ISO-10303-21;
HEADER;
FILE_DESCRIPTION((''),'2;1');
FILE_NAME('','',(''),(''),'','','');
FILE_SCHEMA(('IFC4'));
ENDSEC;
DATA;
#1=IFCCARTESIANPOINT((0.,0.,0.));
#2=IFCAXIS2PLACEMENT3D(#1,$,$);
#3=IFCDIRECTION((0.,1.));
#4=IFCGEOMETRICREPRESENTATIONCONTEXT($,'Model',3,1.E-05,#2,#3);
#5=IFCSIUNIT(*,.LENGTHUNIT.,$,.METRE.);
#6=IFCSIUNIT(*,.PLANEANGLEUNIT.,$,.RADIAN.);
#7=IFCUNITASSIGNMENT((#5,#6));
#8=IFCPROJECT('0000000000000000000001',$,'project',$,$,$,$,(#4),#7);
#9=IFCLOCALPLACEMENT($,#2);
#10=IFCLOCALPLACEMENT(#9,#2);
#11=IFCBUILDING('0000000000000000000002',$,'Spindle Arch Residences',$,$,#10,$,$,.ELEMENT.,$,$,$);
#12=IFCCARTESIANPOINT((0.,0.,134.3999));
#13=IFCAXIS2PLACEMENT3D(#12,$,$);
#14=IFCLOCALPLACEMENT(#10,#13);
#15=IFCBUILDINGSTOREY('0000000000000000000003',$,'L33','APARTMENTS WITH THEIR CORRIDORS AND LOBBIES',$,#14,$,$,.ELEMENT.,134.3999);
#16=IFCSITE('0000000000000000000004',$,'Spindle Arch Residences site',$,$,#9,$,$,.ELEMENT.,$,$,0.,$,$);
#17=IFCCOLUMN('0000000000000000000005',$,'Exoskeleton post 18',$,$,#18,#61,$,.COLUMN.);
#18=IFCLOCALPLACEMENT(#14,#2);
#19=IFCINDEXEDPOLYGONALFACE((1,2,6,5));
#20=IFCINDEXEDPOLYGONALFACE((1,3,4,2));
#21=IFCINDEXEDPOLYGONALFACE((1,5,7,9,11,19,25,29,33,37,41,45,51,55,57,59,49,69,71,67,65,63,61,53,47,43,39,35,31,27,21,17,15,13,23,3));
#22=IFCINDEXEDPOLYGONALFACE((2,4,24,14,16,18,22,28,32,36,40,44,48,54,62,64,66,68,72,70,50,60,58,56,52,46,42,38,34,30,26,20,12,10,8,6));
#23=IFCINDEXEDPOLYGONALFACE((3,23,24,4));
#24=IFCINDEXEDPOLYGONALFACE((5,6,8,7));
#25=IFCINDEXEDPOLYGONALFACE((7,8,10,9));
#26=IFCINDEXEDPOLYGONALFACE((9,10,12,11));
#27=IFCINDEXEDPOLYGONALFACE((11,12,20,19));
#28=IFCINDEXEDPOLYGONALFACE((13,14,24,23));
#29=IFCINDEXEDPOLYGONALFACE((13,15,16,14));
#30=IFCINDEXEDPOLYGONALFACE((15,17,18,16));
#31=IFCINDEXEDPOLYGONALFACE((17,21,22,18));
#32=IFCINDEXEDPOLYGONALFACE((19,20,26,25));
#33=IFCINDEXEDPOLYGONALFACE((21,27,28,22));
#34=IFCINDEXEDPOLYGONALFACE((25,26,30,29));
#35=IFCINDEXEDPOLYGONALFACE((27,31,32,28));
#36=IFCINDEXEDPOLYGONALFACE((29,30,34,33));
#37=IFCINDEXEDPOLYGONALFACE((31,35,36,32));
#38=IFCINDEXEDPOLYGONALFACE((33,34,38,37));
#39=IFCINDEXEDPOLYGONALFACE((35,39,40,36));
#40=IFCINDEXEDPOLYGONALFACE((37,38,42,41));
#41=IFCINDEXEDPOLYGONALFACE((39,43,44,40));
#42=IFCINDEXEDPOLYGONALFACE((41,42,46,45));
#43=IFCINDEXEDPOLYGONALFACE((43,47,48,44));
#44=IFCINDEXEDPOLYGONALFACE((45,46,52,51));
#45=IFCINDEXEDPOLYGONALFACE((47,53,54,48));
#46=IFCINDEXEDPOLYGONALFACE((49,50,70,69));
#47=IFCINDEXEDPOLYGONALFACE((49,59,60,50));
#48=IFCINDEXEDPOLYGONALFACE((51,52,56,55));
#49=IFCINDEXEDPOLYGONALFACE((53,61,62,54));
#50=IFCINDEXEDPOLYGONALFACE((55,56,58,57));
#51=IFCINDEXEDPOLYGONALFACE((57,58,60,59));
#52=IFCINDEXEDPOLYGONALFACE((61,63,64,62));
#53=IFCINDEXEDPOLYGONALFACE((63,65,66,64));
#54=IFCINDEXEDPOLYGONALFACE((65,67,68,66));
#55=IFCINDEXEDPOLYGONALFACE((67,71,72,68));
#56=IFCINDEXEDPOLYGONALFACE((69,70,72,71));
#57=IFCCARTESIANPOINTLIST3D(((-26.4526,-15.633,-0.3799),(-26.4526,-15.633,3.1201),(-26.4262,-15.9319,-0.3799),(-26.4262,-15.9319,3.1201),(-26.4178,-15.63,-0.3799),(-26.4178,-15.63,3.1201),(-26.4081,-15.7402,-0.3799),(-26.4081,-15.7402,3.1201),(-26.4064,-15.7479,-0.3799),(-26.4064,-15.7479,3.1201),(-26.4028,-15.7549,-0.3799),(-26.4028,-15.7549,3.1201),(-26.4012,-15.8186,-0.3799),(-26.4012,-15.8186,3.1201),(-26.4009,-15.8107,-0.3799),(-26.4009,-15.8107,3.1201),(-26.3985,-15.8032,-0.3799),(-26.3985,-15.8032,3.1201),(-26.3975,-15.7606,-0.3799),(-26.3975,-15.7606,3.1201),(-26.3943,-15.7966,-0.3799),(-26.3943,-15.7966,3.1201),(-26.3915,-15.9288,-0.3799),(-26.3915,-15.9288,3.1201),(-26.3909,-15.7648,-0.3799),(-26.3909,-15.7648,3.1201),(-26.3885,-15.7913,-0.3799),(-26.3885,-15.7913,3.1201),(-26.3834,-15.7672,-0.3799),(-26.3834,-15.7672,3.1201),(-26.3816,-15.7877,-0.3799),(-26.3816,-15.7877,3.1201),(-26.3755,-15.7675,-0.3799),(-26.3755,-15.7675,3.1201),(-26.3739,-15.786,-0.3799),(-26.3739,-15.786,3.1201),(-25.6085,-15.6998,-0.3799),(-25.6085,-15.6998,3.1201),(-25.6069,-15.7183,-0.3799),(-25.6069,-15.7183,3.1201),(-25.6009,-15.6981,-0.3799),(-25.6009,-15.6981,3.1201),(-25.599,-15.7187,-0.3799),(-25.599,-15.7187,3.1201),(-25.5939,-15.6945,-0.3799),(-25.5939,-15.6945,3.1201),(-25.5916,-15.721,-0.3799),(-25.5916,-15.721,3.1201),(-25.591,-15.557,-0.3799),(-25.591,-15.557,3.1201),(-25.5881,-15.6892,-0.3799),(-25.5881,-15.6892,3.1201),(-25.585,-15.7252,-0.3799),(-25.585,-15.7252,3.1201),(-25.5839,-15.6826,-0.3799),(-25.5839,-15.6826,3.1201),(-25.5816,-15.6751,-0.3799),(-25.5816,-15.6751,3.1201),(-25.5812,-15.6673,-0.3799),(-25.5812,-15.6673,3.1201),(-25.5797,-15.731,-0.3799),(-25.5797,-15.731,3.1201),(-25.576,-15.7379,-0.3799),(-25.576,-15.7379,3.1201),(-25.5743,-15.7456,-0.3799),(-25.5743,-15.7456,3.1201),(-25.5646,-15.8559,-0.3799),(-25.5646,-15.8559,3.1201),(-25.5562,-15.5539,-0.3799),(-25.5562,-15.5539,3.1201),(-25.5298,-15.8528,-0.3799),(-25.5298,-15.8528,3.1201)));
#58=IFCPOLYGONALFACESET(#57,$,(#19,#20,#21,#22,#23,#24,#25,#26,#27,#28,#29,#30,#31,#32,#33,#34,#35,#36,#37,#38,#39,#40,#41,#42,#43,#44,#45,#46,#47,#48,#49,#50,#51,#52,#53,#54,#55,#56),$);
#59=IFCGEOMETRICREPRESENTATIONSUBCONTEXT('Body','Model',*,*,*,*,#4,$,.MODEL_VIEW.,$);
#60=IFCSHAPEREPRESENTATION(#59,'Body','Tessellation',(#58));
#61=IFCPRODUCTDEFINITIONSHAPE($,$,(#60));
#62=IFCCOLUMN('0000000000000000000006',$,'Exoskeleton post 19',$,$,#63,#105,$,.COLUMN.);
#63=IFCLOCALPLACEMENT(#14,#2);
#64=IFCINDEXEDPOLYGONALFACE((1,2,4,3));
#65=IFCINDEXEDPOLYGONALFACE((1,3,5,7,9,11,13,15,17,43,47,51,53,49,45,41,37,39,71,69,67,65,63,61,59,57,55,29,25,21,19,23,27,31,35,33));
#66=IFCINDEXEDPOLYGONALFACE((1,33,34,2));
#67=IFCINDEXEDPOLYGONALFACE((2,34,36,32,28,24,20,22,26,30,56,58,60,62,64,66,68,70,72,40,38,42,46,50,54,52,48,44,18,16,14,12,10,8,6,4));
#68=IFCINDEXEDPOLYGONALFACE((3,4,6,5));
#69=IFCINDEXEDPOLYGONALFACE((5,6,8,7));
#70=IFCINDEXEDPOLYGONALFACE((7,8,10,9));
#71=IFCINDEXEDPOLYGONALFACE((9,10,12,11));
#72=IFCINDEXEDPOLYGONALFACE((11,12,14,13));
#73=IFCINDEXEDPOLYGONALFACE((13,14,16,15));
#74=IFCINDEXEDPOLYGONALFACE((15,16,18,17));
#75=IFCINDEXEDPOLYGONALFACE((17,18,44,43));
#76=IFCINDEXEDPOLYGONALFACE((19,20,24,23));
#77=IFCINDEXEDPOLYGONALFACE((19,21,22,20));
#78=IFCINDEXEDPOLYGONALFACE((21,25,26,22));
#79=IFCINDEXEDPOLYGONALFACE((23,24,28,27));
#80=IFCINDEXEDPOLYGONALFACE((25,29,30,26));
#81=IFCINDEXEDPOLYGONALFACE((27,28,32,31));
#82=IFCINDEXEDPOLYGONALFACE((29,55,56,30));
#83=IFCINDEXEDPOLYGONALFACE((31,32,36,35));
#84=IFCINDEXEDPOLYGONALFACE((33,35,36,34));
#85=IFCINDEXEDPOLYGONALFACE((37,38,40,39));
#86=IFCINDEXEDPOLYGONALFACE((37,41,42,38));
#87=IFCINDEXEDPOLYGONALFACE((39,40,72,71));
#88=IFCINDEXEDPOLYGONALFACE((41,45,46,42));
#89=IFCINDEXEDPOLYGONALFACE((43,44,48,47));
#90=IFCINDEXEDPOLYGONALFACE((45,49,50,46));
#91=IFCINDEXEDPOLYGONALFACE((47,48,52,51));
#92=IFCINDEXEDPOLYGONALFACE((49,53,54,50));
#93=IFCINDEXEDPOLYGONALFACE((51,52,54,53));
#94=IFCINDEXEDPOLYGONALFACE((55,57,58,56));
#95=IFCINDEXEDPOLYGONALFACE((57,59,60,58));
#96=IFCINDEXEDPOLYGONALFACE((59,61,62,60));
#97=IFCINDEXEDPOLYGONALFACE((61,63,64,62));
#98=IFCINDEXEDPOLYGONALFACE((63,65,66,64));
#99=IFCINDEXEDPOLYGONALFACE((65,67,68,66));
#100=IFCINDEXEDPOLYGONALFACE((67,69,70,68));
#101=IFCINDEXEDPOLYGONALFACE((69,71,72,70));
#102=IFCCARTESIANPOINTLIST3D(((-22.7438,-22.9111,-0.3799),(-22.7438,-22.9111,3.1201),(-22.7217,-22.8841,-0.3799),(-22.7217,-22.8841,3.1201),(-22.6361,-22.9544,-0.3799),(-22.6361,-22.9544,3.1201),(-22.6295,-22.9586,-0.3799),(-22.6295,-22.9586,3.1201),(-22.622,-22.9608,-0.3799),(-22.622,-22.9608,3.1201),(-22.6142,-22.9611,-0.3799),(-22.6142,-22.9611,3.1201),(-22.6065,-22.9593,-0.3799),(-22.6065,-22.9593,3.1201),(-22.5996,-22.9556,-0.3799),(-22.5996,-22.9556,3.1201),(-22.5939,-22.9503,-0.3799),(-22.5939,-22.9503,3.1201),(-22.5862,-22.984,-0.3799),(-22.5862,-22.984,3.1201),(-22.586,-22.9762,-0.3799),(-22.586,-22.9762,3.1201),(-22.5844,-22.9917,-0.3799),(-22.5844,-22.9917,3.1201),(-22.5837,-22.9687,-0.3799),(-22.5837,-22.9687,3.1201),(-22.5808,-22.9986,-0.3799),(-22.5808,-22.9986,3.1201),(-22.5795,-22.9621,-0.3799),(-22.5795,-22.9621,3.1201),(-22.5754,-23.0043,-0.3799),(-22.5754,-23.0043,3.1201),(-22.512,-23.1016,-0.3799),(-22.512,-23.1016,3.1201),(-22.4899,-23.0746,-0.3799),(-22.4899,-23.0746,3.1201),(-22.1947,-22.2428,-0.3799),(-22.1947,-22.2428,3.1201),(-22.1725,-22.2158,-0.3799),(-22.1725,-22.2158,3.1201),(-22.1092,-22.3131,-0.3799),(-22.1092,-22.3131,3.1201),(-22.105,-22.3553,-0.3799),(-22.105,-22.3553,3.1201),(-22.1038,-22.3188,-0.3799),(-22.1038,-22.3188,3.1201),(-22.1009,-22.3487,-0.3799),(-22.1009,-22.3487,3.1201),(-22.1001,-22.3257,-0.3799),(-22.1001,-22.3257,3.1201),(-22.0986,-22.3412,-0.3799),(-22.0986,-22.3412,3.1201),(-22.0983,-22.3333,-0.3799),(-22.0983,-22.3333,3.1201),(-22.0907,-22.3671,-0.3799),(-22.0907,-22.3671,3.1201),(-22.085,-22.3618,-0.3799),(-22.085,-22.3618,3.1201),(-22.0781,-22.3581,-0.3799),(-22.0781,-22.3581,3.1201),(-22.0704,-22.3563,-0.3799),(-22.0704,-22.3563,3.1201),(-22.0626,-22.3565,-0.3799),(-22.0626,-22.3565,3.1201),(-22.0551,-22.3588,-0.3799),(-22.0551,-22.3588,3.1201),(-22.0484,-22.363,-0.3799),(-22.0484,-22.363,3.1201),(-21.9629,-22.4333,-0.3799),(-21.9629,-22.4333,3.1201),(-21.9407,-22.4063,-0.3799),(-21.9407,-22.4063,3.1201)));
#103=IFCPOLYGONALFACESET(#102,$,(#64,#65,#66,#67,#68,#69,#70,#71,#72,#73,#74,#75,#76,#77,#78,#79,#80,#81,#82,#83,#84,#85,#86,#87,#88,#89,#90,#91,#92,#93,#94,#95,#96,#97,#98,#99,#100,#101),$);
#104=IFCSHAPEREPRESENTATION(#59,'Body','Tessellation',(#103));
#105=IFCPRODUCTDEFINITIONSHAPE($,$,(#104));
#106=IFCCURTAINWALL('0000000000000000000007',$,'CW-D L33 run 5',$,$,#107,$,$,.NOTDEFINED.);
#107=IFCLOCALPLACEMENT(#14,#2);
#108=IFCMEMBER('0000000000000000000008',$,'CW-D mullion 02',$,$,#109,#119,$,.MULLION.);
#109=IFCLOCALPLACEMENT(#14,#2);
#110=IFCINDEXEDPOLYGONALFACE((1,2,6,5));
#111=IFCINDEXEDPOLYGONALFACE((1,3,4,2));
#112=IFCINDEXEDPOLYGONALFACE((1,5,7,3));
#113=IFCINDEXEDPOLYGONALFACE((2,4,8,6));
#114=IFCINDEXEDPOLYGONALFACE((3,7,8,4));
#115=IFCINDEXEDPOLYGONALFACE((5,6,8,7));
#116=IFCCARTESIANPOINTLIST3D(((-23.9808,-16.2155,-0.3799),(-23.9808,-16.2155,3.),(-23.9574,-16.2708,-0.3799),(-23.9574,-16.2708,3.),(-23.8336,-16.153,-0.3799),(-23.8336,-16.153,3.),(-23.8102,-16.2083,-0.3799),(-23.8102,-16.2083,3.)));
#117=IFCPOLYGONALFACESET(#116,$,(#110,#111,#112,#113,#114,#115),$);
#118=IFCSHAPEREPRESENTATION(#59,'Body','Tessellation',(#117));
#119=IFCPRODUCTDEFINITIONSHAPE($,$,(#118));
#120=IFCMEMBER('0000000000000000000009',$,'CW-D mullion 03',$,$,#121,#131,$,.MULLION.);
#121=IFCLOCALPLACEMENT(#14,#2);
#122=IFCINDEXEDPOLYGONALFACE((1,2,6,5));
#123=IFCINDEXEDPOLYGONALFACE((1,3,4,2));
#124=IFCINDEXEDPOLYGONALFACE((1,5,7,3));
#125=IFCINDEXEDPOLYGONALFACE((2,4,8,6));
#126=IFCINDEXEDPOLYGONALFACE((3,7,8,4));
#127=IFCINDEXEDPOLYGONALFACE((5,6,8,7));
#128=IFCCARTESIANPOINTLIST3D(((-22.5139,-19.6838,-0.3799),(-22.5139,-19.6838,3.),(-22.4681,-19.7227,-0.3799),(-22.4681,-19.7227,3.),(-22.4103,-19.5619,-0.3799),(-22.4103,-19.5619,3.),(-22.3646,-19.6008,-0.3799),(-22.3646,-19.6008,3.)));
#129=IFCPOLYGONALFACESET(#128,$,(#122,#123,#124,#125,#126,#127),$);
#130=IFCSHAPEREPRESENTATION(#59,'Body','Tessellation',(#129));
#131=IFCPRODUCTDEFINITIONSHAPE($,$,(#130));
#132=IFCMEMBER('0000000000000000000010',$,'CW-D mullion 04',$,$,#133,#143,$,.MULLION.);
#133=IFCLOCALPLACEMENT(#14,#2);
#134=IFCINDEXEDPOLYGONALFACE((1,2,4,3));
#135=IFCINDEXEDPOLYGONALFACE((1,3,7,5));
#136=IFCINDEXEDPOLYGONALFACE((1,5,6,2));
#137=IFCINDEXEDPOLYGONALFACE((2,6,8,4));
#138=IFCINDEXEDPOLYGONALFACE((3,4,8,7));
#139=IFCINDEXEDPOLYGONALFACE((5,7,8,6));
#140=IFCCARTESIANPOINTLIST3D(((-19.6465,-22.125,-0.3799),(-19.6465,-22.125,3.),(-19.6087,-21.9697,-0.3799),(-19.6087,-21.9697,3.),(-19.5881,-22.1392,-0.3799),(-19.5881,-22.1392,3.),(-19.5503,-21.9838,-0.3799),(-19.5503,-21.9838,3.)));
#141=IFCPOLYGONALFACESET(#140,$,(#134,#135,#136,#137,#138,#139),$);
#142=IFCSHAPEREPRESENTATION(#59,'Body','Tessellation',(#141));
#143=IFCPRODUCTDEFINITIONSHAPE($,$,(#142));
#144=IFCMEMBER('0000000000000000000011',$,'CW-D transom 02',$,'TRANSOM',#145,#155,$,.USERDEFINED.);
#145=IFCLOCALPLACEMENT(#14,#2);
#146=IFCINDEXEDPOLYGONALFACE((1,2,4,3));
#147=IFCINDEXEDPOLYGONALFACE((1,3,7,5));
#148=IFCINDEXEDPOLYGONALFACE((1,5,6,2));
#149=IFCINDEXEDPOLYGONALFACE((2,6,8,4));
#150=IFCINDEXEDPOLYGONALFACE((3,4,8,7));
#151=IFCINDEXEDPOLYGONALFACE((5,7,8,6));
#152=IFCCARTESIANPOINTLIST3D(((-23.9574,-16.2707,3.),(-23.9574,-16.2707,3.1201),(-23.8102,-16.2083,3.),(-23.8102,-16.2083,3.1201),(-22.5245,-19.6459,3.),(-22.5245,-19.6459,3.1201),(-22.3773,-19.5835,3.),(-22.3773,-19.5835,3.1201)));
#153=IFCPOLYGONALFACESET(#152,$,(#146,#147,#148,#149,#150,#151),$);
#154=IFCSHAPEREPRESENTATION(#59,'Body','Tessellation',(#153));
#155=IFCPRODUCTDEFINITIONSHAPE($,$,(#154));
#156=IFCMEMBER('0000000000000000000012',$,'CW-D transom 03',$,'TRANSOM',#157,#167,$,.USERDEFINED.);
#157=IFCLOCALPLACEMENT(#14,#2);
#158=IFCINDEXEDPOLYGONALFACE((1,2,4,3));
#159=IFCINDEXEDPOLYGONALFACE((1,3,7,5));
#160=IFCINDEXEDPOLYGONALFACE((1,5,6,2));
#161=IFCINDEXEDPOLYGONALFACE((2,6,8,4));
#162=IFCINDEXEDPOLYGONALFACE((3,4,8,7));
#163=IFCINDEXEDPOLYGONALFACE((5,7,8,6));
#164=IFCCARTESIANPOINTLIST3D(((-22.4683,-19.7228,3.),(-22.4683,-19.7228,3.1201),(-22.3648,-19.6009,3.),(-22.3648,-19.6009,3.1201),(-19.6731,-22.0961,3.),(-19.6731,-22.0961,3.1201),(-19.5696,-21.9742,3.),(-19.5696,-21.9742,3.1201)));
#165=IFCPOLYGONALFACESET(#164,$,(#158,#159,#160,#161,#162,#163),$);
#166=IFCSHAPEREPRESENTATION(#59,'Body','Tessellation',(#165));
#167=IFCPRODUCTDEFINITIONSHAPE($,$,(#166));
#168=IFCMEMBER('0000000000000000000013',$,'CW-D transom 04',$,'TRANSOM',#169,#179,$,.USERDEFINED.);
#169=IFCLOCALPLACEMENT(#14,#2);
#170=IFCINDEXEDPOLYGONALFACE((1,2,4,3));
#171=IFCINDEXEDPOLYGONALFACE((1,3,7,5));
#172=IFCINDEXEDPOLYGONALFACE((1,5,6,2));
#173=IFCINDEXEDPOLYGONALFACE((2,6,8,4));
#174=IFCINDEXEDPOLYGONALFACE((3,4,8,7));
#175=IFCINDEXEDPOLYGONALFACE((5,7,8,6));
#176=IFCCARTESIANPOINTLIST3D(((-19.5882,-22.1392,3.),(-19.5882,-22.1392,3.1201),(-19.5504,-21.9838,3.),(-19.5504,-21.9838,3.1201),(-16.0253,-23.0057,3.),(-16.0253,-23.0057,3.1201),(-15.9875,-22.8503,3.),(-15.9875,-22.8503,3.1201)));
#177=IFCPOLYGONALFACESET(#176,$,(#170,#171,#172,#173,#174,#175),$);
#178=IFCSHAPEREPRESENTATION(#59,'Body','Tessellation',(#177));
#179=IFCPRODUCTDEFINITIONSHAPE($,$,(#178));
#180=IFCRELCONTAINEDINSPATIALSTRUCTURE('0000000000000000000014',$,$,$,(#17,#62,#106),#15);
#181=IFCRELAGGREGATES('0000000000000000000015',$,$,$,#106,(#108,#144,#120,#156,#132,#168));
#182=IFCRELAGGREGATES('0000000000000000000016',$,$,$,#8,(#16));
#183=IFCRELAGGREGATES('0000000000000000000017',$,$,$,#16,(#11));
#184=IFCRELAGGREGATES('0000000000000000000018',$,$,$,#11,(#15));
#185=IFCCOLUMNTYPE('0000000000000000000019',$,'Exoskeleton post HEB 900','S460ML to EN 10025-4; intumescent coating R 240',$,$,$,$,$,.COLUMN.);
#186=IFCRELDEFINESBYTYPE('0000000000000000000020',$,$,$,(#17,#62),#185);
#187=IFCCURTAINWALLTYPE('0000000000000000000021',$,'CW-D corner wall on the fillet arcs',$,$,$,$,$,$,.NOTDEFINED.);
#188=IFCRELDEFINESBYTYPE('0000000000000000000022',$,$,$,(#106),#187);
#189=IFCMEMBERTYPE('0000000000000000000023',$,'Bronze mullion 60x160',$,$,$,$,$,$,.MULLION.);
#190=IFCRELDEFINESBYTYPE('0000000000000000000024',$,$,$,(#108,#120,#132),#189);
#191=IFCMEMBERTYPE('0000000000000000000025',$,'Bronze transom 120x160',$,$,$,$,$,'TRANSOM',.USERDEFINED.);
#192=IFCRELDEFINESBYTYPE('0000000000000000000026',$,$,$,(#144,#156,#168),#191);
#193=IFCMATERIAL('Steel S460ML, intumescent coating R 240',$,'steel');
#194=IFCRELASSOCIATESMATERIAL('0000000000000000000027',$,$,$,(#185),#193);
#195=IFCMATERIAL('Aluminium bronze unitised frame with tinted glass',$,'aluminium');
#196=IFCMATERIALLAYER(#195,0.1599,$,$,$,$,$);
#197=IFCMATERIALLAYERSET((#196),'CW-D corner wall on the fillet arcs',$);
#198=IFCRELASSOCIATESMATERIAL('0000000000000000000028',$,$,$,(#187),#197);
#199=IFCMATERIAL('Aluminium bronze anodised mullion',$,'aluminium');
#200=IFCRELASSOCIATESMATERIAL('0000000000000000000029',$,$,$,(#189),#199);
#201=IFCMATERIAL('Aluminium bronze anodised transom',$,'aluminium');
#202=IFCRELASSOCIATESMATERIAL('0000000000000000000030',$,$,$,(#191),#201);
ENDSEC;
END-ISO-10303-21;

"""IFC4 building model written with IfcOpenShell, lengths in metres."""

from ifc_helpers import new_model, si_unit, direction, frame, origin, origin_2d, place, context, subcontext, project, spatial, rectangle, i_section, extrude, material, layer, layer_set, material_profile, profile_set, type_object, element, aggregate, save


model = new_model("IFC4")

# Units and contexts
model_context = context("Model", 3, precision=1e-05, world=origin(), true_north=direction((0.0, 1.0)))
body_context = subcontext(model_context, "Body", "Model", "MODEL_VIEW")
ifc_project = project(units=[si_unit("LENGTHUNIT", "METRE"), si_unit("PLANEANGLEUNIT", "RADIAN")], contexts=[model_context])

# Site, building, storey
site_placement = place(None, origin())
site = spatial("IfcSite", under=ifc_project, at=site_placement, Name="Spindle Arch Residences site", CompositionType="ELEMENT", RefElevation=0.0)
building_placement = place(site_placement, origin())
building = spatial("IfcBuilding", under=site, at=building_placement, Name="Spindle Arch Residences", CompositionType="ELEMENT")
storey_placement = place(building_placement, frame((0.0, 0.0, 134.3999)))
storey = spatial("IfcBuildingStorey", under=building, at=storey_placement, Name="L33", Description="APARTMENTS WITH THEIR CORRIDORS AND LOBBIES", CompositionType="ELEMENT", Elevation=134.3999)

# Columns
ifc_material_1 = material(Name="Steel S460ML, intumescent coating R 240", Category="steel")
ifc_material_profile_1 = material_profile(ifc_material_1, i_section(OverallWidth=0.3, OverallDepth=0.8999, WebThickness=0.0186, FlangeThickness=0.0349, FilletRadius=0.03, at=origin_2d()), Name="HEB 900")
ifc_profile_set_1 = profile_set([ifc_material_profile_1], Name="Steel S460ML, intumescent coating R 240")
column_type = type_object("IfcColumnType", Name="Exoskeleton post HEB 900", Description="S460ML to EN 10025-4; intumescent coating R 240", PredefinedType="COLUMN", material=ifc_profile_set_1)
for number, where, z_axis, x_axis, name in (
    (1, (-25.9912, -15.7429, -0.3799), (0.0, 0.0, 1.0), (-0.087905, 0.996129, 0.0), "Exoskeleton post 18"),
    (2, (-22.3423, -22.6587, -0.3799), (0.0, 0.0, 1.0), (-0.772638, 0.634847, 0.0), "Exoskeleton post 19"),
):
    element("IfcColumn", number, at=place(storey_placement, frame(where, z_axis=z_axis, x_axis=x_axis)), inside=storey, type_object=column_type, Name=name, PredefinedType="COLUMN", context=body_context, shape_type="SweptSolid", body=[
        extrude(i_section(OverallWidth=0.3, OverallDepth=0.8999, WebThickness=0.0186, FlangeThickness=0.0349, FilletRadius=0.03, at=origin_2d()), origin(), (0.0, 0.0, 1.0), 3.5),
    ])

# Curtain wall, members
ifc_material_2 = material(Name="Aluminium bronze unitised frame with tinted glass", Category="aluminium")
ifc_layer_1 = layer(ifc_material_2, 0.1599)
ifc_layer_set_1 = layer_set([ifc_layer_1], Name="CW-D corner wall on the fillet arcs")
curtain_wall_type = type_object("IfcCurtainWallType", Name="CW-D corner wall on the fillet arcs", PredefinedType="NOTDEFINED", material=ifc_layer_set_1)
curtain_wall_placement = place(storey_placement, origin())
curtain_wall = element("IfcCurtainWall", 3, at=curtain_wall_placement, inside=storey, type_object=curtain_wall_type, Name="CW-D L33 run 5", PredefinedType="NOTDEFINED")
ifc_material_3 = material(Name="Aluminium bronze anodised mullion", Category="aluminium")
ifc_material_profile_2 = material_profile(ifc_material_3, rectangle(XDim=0.1599, YDim=0.0601, at=origin_2d()), Name="MU 60x160")
ifc_profile_set_2 = profile_set([ifc_material_profile_2], Name="Aluminium bronze anodised mullion")
member_type_1 = type_object("IfcMemberType", Name="Bronze mullion 60x160", PredefinedType="MULLION", material=ifc_profile_set_2)
member_1_placement = place(storey_placement, frame((-23.8955, -16.2119, -0.3799), z_axis=(0.0, 0.0, 1.0), x_axis=(0.920505, 0.390731, 0.0)))
member_1 = element("IfcMember", 4, at=member_1_placement, type_object=member_type_1, Name="CW-D mullion 02", PredefinedType="MULLION", context=body_context, shape_type="SweptSolid", body=[
    extrude(rectangle(XDim=0.1599, YDim=0.0601, at=origin_2d()), origin(), (0.0, 0.0, 1.0), 3.3799),
])
member_2_placement = place(storey_placement, frame((-22.4392, -19.6423, -0.3799), z_axis=(0.0, 0.0, 1.0), x_axis=(0.647233, 0.762292, 0.0)))
member_2 = element("IfcMember", 5, at=member_2_placement, type_object=member_type_1, Name="CW-D mullion 03", PredefinedType="MULLION", context=body_context, shape_type="SweptSolid", body=[
    extrude(rectangle(XDim=0.1599, YDim=0.0601, at=origin_2d()), origin(), (0.0, 0.0, 1.0), 3.3799),
])
member_3_placement = place(storey_placement, frame((-19.5984, -22.0544, -0.3799), z_axis=(0.0, 0.0, 1.0), x_axis=(0.236273, 0.971687, 0.0)))
member_3 = element("IfcMember", 6, at=member_3_placement, type_object=member_type_1, Name="CW-D mullion 04", PredefinedType="MULLION", context=body_context, shape_type="SweptSolid", body=[
    extrude(rectangle(XDim=0.1599, YDim=0.0601, at=origin_2d()), origin(), (0.0, 0.0, 1.0), 3.3799),
])
ifc_material_4 = material(Name="Aluminium bronze anodised transom", Category="aluminium")
ifc_material_profile_3 = material_profile(ifc_material_4, rectangle(XDim=0.1599, YDim=0.1201, at=origin_2d()), Name="TR 120x160")
ifc_profile_set_3 = profile_set([ifc_material_profile_3], Name="Aluminium bronze anodised transom")
member_type_2 = type_object("IfcMemberType", Name="Bronze transom 120x160", ElementType="TRANSOM", PredefinedType="USERDEFINED", material=ifc_profile_set_3)
member_4_placement = place(storey_placement, frame((-23.8838, -16.2395, 3.0601), z_axis=(0.390767, -0.92049, 0.0), x_axis=(0.92049, 0.390767, 0.0)))
member_4 = element("IfcMember", 7, at=member_4_placement, type_object=member_type_2, Name="CW-D transom 02", ObjectType="TRANSOM", PredefinedType="USERDEFINED", context=body_context, shape_type="SweptSolid", body=[
    extrude(rectangle(XDim=0.1599, YDim=0.1201, at=origin_2d()), origin(), (0.0, 0.0, 1.0), 3.6667),
])
member_5_placement = place(storey_placement, frame((-22.4165, -19.6619, 3.0601), z_axis=(0.762289, -0.647237, 0.0), x_axis=(0.647237, 0.762289, 0.0)))
member_5 = element("IfcMember", 8, at=member_5_placement, type_object=member_type_2, Name="CW-D transom 03", ObjectType="TRANSOM", PredefinedType="USERDEFINED", context=body_context, shape_type="SweptSolid", body=[
    extrude(rectangle(XDim=0.1599, YDim=0.1201, at=origin_2d()), origin(), (0.0, 0.0, 1.0), 3.6667),
])
member_6_placement = place(storey_placement, frame((-19.5693, -22.0615, 3.0601), z_axis=(0.971681, -0.236296, 0.0), x_axis=(0.236296, 0.971681, 0.0)))
member_6 = element("IfcMember", 9, at=member_6_placement, type_object=member_type_2, Name="CW-D transom 04", ObjectType="TRANSOM", PredefinedType="USERDEFINED", context=body_context, shape_type="SweptSolid", body=[
    extrude(rectangle(XDim=0.1599, YDim=0.1201, at=origin_2d()), origin(), (0.0, 0.0, 1.0), 3.6667),
])

aggregate(curtain_wall, [member_1, member_4, member_2, member_5, member_3, member_6])

save(model, "model.ifc")
